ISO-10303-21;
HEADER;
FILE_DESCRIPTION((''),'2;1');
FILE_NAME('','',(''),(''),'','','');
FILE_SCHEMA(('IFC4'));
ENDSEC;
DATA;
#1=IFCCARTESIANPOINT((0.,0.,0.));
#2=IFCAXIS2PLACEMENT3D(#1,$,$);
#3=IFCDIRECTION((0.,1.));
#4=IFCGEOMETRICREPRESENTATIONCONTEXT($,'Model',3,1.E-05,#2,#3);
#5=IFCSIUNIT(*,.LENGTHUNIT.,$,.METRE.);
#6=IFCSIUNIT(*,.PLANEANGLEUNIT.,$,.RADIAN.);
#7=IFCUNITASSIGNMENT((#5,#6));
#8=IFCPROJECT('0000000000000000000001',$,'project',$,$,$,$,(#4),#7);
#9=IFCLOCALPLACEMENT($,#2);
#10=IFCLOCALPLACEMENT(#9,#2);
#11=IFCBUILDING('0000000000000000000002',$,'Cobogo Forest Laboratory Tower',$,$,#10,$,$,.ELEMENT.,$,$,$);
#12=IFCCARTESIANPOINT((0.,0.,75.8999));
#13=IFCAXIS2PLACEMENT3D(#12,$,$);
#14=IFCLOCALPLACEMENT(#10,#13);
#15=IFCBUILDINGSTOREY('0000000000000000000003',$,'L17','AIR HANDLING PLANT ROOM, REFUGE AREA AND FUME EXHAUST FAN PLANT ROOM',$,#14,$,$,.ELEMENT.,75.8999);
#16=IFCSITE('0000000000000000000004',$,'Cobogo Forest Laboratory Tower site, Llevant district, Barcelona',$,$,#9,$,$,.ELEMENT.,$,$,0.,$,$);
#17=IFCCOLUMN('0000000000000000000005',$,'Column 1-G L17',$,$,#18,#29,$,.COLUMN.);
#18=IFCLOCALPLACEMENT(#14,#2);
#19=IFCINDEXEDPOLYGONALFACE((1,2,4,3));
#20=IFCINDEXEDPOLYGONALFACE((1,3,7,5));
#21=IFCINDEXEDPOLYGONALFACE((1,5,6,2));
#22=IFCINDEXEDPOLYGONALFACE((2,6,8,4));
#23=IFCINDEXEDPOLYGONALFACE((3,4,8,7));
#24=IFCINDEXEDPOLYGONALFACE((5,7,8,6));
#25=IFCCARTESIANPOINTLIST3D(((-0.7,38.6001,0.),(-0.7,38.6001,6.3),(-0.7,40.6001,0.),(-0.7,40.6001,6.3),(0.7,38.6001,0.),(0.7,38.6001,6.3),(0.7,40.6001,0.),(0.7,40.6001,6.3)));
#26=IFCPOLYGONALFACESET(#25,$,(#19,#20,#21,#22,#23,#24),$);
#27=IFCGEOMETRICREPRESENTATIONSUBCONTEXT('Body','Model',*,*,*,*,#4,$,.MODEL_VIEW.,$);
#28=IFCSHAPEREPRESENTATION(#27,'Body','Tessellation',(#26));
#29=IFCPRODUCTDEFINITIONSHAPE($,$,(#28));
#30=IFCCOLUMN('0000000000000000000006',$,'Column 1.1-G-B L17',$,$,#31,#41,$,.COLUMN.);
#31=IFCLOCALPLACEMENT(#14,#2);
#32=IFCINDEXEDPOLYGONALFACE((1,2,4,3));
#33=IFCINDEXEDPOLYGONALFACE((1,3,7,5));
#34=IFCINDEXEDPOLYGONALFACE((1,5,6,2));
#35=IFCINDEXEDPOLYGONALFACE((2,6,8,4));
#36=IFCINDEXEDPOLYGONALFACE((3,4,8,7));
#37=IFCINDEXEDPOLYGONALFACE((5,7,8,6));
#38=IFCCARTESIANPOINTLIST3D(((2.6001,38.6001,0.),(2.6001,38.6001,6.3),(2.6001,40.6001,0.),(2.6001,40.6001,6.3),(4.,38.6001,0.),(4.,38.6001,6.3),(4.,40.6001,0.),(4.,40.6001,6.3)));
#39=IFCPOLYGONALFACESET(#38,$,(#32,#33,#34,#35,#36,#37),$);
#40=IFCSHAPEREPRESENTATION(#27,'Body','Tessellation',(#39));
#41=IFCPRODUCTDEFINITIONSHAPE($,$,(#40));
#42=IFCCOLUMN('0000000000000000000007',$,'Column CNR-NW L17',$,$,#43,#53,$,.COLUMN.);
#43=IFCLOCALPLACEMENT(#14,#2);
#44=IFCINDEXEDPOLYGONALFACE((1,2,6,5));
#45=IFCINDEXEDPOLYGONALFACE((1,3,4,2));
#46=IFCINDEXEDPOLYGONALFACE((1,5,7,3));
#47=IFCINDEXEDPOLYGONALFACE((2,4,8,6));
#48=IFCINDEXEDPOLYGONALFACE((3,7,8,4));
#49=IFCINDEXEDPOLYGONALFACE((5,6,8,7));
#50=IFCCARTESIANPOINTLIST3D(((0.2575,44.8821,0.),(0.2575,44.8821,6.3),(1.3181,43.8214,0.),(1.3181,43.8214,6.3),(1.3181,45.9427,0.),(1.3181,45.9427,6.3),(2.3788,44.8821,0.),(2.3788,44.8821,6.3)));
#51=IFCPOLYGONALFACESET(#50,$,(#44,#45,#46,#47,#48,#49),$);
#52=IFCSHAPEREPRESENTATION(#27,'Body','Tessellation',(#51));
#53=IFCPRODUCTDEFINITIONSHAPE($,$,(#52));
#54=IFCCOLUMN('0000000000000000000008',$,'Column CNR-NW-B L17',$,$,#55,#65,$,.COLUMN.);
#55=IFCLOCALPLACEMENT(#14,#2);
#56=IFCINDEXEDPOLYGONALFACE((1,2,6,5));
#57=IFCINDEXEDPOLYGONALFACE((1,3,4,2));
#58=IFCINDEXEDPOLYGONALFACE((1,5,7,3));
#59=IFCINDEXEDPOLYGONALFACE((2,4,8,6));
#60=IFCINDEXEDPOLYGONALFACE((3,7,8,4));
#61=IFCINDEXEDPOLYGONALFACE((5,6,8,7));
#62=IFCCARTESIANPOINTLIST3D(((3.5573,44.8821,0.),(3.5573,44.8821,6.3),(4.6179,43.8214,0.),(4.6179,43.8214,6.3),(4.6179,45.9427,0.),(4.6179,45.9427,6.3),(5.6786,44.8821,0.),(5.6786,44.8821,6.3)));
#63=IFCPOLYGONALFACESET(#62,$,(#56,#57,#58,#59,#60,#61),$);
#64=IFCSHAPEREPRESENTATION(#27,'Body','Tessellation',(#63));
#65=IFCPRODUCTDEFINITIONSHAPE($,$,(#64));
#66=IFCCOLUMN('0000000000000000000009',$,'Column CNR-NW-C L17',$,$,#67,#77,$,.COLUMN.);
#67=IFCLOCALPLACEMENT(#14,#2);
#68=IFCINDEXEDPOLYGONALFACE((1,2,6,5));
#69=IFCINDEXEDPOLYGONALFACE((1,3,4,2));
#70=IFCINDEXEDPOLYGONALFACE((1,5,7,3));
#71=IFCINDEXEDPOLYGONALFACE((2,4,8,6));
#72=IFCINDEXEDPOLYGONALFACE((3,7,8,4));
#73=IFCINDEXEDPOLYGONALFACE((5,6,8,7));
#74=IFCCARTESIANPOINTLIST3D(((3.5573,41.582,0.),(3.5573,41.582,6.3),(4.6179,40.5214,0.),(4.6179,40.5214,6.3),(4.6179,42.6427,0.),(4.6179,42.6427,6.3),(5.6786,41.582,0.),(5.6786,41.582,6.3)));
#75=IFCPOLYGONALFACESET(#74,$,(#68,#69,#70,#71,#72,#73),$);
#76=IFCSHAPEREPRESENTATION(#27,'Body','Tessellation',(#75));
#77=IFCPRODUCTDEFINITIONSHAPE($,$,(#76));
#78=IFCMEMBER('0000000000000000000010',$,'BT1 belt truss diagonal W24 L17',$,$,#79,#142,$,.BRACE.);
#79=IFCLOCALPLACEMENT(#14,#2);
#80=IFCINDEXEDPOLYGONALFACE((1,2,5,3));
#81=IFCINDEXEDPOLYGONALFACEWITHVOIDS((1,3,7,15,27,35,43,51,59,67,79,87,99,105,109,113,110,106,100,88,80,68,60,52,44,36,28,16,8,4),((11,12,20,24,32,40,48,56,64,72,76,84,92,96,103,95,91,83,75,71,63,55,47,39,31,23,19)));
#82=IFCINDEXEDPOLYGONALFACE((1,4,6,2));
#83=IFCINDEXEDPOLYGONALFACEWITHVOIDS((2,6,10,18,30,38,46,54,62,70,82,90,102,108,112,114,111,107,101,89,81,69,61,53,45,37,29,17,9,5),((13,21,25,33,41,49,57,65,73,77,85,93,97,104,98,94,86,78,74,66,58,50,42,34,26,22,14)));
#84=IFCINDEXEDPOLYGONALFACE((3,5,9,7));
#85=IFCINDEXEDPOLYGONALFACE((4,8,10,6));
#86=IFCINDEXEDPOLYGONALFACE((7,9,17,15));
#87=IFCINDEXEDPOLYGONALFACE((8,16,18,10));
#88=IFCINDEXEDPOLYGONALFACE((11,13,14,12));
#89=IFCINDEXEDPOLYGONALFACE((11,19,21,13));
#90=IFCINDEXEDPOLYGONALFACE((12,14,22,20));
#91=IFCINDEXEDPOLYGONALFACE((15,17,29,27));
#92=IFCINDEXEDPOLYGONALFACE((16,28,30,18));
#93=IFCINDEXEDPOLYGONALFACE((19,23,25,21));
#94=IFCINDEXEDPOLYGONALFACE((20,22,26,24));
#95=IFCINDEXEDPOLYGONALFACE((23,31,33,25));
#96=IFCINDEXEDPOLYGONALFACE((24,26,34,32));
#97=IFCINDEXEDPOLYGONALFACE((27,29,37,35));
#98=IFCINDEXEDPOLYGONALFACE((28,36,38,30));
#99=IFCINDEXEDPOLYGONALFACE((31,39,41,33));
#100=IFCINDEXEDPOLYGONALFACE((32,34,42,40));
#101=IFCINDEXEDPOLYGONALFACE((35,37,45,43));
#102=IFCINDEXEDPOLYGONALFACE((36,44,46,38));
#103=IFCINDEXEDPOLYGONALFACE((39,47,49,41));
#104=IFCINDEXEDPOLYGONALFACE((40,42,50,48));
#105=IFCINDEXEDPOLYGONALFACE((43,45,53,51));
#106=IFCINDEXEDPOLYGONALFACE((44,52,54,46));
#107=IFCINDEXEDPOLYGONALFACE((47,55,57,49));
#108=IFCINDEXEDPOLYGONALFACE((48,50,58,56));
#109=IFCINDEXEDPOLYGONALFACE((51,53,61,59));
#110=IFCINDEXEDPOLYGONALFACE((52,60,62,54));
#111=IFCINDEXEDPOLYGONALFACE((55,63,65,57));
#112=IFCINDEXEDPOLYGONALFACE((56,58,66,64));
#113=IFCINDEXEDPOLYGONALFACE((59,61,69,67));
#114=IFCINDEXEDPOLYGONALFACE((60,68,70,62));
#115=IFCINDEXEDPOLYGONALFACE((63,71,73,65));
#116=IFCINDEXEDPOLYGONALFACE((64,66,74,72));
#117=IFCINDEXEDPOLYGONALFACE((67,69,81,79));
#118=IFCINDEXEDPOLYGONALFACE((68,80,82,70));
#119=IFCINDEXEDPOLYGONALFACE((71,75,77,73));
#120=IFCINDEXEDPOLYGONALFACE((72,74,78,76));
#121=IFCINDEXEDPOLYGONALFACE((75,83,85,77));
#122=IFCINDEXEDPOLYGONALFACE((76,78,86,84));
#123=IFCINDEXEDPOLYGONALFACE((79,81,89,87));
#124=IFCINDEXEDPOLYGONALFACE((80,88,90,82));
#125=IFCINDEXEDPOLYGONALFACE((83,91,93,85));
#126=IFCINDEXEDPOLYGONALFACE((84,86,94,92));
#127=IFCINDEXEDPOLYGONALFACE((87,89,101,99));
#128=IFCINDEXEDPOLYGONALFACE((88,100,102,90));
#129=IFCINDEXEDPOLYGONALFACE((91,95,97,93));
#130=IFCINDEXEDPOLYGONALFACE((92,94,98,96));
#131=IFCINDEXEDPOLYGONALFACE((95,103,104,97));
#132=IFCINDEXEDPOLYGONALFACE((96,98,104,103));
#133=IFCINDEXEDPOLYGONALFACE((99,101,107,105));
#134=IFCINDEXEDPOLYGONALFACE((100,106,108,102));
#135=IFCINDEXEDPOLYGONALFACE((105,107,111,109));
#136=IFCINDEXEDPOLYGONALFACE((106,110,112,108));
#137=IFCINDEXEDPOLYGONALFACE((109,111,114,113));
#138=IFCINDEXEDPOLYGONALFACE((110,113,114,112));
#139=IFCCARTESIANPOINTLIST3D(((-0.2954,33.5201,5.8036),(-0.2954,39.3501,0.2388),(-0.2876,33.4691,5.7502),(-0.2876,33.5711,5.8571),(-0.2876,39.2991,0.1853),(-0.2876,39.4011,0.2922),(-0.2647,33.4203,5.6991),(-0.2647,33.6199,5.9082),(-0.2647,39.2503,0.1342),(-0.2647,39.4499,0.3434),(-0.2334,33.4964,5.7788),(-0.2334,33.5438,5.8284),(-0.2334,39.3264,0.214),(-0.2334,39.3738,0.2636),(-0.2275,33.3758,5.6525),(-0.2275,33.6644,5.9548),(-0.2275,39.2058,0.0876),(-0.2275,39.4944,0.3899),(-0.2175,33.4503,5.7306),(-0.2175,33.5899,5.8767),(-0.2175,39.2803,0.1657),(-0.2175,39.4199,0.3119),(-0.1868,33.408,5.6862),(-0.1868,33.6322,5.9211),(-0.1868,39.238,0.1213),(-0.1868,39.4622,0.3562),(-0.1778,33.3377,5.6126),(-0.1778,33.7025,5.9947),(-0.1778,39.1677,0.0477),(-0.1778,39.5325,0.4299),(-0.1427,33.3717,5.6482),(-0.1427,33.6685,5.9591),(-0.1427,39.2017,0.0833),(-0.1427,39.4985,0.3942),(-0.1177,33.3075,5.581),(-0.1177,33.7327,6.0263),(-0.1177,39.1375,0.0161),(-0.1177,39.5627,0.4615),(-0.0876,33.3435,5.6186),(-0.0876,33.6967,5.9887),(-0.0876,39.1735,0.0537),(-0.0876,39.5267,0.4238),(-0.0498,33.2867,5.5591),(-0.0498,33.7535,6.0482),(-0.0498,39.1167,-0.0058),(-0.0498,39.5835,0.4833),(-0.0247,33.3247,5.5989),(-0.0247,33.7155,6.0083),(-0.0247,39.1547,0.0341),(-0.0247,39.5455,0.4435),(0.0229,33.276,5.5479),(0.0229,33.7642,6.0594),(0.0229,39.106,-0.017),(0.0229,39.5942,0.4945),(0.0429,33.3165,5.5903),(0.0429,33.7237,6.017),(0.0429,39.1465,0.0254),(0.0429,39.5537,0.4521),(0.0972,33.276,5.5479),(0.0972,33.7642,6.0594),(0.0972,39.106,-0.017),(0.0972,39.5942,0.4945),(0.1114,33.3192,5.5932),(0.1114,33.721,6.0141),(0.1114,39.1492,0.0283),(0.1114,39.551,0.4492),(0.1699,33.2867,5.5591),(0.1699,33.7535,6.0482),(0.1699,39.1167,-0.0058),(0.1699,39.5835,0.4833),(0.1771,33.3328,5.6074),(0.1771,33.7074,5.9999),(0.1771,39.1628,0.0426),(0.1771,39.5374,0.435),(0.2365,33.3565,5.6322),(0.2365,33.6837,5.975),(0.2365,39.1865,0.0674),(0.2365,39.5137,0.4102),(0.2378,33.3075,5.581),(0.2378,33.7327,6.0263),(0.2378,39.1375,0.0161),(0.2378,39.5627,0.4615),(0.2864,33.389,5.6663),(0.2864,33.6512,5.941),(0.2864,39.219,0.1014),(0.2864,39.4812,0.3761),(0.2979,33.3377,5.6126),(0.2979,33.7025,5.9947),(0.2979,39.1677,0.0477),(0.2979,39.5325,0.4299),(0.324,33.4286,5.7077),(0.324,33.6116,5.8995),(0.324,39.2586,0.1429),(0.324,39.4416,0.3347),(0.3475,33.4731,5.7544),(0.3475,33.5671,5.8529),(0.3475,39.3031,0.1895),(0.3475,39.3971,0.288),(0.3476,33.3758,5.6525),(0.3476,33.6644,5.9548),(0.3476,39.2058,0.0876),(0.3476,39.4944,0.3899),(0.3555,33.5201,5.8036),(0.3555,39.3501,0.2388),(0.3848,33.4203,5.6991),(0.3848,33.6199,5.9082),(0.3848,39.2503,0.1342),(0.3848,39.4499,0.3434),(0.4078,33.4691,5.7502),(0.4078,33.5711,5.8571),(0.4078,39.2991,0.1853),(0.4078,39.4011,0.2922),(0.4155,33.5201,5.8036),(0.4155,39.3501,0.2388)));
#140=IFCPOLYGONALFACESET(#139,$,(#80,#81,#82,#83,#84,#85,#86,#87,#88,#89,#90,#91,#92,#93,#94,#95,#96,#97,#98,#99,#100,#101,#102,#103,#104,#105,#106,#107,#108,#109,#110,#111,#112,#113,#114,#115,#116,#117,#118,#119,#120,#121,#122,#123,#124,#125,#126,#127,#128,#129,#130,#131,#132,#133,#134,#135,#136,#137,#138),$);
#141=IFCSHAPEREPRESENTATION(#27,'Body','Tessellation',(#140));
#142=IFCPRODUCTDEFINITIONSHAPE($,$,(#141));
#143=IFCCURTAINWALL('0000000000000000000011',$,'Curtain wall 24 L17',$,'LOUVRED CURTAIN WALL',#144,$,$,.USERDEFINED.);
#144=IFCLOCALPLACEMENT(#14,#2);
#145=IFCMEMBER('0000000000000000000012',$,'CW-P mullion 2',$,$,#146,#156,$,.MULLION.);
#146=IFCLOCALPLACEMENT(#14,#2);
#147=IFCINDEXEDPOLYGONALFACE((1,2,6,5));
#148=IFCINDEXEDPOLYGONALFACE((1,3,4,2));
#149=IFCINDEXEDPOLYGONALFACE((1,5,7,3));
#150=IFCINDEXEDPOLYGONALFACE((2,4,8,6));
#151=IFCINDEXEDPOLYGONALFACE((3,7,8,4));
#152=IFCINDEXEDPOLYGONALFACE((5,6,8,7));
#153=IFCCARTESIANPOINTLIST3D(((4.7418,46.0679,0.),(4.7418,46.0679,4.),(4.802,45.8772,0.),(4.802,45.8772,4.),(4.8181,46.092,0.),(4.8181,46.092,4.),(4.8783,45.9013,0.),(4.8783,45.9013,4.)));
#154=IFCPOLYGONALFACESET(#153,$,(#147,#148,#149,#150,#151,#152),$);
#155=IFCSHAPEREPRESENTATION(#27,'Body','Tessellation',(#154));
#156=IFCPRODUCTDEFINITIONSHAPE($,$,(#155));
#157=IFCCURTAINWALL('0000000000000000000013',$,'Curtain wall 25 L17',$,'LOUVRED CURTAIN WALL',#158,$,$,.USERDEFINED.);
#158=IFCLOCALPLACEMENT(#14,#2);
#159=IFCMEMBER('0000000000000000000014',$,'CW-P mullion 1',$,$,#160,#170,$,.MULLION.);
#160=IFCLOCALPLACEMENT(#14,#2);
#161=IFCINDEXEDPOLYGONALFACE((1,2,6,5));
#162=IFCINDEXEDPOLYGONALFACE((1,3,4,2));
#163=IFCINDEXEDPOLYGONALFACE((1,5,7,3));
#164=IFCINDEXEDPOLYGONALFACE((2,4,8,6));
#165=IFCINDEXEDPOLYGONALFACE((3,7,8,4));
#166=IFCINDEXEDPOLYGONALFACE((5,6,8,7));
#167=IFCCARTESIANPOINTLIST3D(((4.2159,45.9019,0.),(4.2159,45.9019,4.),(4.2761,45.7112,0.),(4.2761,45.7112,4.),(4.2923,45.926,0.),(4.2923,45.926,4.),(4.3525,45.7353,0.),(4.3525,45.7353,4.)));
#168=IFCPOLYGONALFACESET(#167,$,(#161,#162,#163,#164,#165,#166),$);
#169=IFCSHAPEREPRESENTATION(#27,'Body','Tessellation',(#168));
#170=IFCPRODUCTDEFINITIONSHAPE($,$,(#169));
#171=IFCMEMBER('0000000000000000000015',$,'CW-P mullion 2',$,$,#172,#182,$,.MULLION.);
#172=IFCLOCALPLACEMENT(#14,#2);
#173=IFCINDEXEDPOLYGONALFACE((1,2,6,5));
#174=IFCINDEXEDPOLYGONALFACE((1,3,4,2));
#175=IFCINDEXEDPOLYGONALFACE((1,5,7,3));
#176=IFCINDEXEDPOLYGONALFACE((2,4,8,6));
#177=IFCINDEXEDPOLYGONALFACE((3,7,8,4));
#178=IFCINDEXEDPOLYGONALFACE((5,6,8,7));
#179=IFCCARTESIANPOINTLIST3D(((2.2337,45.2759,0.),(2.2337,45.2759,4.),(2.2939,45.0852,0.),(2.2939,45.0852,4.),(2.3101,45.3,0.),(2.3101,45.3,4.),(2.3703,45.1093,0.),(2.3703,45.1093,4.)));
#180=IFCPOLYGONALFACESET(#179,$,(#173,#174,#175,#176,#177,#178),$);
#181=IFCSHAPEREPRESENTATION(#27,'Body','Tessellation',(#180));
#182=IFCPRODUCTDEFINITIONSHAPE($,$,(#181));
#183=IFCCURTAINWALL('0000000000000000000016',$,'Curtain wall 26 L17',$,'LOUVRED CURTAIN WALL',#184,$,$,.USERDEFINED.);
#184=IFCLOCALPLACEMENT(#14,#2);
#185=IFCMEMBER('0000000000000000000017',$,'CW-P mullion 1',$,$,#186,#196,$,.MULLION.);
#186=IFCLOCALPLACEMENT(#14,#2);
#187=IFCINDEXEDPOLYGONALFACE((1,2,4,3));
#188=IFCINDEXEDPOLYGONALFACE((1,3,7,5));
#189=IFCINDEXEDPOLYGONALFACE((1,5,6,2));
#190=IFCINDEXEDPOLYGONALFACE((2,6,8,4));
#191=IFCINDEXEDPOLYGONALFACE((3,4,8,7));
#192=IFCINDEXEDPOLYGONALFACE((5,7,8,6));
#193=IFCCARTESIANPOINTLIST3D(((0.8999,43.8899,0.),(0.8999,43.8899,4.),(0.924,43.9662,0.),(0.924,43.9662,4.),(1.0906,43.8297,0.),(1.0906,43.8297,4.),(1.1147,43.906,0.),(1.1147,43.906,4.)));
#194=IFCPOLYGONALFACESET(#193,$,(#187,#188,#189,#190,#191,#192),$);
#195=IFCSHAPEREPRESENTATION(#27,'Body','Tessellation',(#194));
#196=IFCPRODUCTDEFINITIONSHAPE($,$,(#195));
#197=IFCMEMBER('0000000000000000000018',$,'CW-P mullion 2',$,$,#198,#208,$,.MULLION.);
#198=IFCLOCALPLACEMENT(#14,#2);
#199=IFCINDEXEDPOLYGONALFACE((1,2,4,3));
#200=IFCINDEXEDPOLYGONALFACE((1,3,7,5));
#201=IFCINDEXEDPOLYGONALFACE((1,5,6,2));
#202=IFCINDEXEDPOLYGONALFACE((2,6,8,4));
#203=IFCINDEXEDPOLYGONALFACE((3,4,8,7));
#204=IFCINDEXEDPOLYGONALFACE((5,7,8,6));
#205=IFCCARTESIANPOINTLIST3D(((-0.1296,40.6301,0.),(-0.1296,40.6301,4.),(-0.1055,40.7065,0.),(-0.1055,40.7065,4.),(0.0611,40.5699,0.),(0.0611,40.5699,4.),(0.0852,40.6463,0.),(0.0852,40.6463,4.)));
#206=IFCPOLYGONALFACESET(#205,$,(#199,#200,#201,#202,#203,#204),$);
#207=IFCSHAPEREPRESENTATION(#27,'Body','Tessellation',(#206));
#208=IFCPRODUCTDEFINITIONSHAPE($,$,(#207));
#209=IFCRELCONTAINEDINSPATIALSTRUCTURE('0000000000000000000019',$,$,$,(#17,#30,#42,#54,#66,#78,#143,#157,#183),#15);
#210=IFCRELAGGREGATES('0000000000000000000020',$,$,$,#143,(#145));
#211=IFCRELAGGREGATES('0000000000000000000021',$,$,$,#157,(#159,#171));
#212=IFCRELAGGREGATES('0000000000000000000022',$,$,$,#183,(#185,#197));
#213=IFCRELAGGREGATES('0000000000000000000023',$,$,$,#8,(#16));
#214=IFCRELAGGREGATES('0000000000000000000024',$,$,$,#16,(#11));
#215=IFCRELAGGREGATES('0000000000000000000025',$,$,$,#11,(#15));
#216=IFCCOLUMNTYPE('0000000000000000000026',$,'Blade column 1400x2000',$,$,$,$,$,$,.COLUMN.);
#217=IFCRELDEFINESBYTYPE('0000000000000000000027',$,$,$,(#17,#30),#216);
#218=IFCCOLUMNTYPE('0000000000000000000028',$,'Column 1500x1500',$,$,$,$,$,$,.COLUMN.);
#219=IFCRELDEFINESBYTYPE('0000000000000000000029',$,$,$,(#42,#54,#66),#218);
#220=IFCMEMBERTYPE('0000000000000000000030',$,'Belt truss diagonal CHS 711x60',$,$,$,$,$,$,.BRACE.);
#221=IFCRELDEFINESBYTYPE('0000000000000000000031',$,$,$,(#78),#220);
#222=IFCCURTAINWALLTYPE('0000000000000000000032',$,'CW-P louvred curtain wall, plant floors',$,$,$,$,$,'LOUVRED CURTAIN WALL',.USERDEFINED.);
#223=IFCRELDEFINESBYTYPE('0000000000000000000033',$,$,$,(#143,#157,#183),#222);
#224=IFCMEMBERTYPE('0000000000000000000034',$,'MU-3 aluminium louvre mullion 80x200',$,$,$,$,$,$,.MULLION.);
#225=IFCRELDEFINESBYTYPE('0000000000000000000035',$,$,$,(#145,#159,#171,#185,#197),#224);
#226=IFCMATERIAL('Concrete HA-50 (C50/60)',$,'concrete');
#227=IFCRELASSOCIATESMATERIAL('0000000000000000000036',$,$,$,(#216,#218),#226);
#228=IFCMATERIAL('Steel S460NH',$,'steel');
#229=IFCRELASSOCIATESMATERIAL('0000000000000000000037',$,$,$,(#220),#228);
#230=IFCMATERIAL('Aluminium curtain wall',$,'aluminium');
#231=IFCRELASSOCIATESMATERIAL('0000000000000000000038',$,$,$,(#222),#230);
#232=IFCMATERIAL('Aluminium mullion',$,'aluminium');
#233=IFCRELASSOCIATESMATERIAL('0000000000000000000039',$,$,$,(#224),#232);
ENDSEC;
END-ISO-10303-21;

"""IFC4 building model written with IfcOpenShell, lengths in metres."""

from ifc_helpers import new_model, si_unit, direction, frame, origin, origin_2d, place, context, subcontext, project, spatial, rectangle, hollow_circle, extrude, material, material_profile, profile_set, type_object, element, aggregate, save


model = new_model("IFC4")

# Units and contexts
model_context = context("Model", 3, precision=1e-05, world=origin(), true_north=direction((0.0, 1.0)))
body_context = subcontext(model_context, "Body", "Model", "MODEL_VIEW")
ifc_project = project(units=[si_unit("LENGTHUNIT", "METRE"), si_unit("PLANEANGLEUNIT", "RADIAN")], contexts=[model_context])

# Site, building, storey
site_placement = place(None, origin())
site = spatial("IfcSite", under=ifc_project, at=site_placement, Name="Cobogo Forest Laboratory Tower site, Llevant district, Barcelona", CompositionType="ELEMENT", RefElevation=0.0)
building_placement = place(site_placement, origin())
building = spatial("IfcBuilding", under=site, at=building_placement, Name="Cobogo Forest Laboratory Tower", CompositionType="ELEMENT")
storey_placement = place(building_placement, frame((0.0, 0.0, 75.8999)))
storey = spatial("IfcBuildingStorey", under=building, at=storey_placement, Name="L17", Description="AIR HANDLING PLANT ROOM, REFUGE AREA AND FUME EXHAUST FAN PLANT ROOM", CompositionType="ELEMENT", Elevation=75.8999)

# Columns
ifc_material_1 = material(Name="Concrete HA-50 (C50/60)", Category="concrete")
ifc_material_profile_1 = material_profile(ifc_material_1, rectangle(XDim=2.0, YDim=1.3999, at=origin_2d()), Name="RC 1400x2000")
ifc_profile_set_1 = profile_set([ifc_material_profile_1], Name="Concrete HA-50 (C50/60)")
column_type_1 = type_object("IfcColumnType", Name="Blade column 1400x2000", PredefinedType="COLUMN", material=ifc_profile_set_1)
for number, where, z_axis, x_axis, name in (
    (1, (0.0, 39.6001, 0.0), (0.0, 0.0, 1.0), (0.0, 1.0, 0.0), "Column 1-G L17"),
    (2, (3.3, 39.6001, 0.0), (0.0, 0.0, 1.0), (0.0, 1.0, 0.0), "Column 1.1-G-B L17"),
):
    element("IfcColumn", number, at=place(storey_placement, frame(where, z_axis=z_axis, x_axis=x_axis)), inside=storey, type_object=column_type_1, Name=name, PredefinedType="COLUMN", context=body_context, shape_type="SweptSolid", body=[
        extrude(rectangle(XDim=2.0, YDim=1.3999, at=origin_2d()), origin(), (0.0, 0.0, 1.0), 6.3),
    ])
ifc_material_profile_2 = material_profile(ifc_material_1, rectangle(XDim=1.5, YDim=1.5, at=origin_2d()), Name="RC 1500x1500")
ifc_profile_set_2 = profile_set([ifc_material_profile_2], Name="Concrete HA-50 (C50/60)")
column_type_2 = type_object("IfcColumnType", Name="Column 1500x1500", PredefinedType="COLUMN", material=ifc_profile_set_2)
for number, where, z_axis, x_axis, name in (
    (3, (1.3181, 44.8821, 0.0), (0.0, 0.0, 1.0), (0.707107, 0.707107, 0.0), "Column CNR-NW L17"),
    (4, (4.6179, 44.8821, 0.0), (0.0, 0.0, 1.0), (0.707107, 0.707107, 0.0), "Column CNR-NW-B L17"),
    (5, (4.6179, 41.582, 0.0), (0.0, 0.0, 1.0), (0.707107, 0.707107, 0.0), "Column CNR-NW-C L17"),
):
    element("IfcColumn", number, at=place(storey_placement, frame(where, z_axis=z_axis, x_axis=x_axis)), inside=storey, type_object=column_type_2, Name=name, PredefinedType="COLUMN", context=body_context, shape_type="SweptSolid", body=[
        extrude(rectangle(XDim=1.5, YDim=1.5, at=origin_2d()), origin(), (0.0, 0.0, 1.0), 6.3),
    ])

# Member
ifc_material_2 = material(Name="Steel S460NH", Category="steel")
ifc_material_profile_3 = material_profile(ifc_material_2, hollow_circle(Radius=0.3555, WallThickness=0.0601, at=origin_2d()), Name="CHS 711x60")
ifc_profile_set_3 = profile_set([ifc_material_profile_3], Name="Steel S460NH")
member_type_1 = type_object("IfcMemberType", Name="Belt truss diagonal CHS 711x60", PredefinedType="BRACE", material=ifc_profile_set_3)
member_1_placement = place(storey_placement, frame((0.0601, 39.3501, 0.2388), z_axis=(0.0, -0.723364, 0.690467), x_axis=(1.0, 0.0, 0.0)))
element("IfcMember", 6, at=member_1_placement, inside=storey, type_object=member_type_1, Name="BT1 belt truss diagonal W24 L17", PredefinedType="BRACE", context=body_context, shape_type="SweptSolid", body=[
    extrude(hollow_circle(Radius=0.3555, WallThickness=0.0601, at=origin_2d()), origin(), (0.0, 0.0, 1.0), 8.0596),
])

# Curtain wall, member
ifc_material_3 = material(Name="Aluminium curtain wall", Category="aluminium")
curtain_wall_type = type_object("IfcCurtainWallType", Name="CW-P louvred curtain wall, plant floors", ElementType="LOUVRED CURTAIN WALL", PredefinedType="USERDEFINED", material=ifc_material_3)
curtain_wall_1_placement = place(storey_placement, origin())
curtain_wall_1 = element("IfcCurtainWall", 7, at=curtain_wall_1_placement, inside=storey, type_object=curtain_wall_type, Name="Curtain wall 24 L17", ObjectType="LOUVRED CURTAIN WALL", PredefinedType="USERDEFINED")
ifc_material_4 = material(Name="Aluminium mullion", Category="aluminium")
ifc_material_profile_4 = material_profile(ifc_material_4, rectangle(XDim=0.0801, YDim=0.2, at=origin_2d()), Name="AL 80x200")
ifc_profile_set_4 = profile_set([ifc_material_profile_4], Name="Aluminium mullion")
member_type_2 = type_object("IfcMemberType", Name="MU-3 aluminium louvre mullion 80x200", PredefinedType="MULLION", material=ifc_profile_set_4)
member_2_placement = place(storey_placement, frame((4.8101, 45.9846, 0.0), z_axis=(0.0, 0.0, 1.0), x_axis=(-0.953581, -0.301136, 0.0)))
member_2 = element("IfcMember", 8, at=member_2_placement, type_object=member_type_2, Name="CW-P mullion 2", PredefinedType="MULLION", context=body_context, shape_type="SweptSolid", body=[
    extrude(rectangle(XDim=0.0801, YDim=0.2, at=origin_2d()), origin(), (0.0, 0.0, 1.0), 4.0),
])
aggregate(curtain_wall_1, [member_2])

# Curtain walls, members
curtain_wall_2_placement = place(storey_placement, origin())
curtain_wall_2 = element("IfcCurtainWall", 9, at=curtain_wall_2_placement, inside=storey, type_object=curtain_wall_type, Name="Curtain wall 25 L17", ObjectType="LOUVRED CURTAIN WALL", PredefinedType="USERDEFINED")
member_3_placement = place(storey_placement, frame((4.2842, 45.8186, 0.0), z_axis=(0.0, 0.0, 1.0), x_axis=(-0.953581, -0.301136, 0.0)))
member_3 = element("IfcMember", 10, at=member_3_placement, type_object=member_type_2, Name="CW-P mullion 1", PredefinedType="MULLION", context=body_context, shape_type="SweptSolid", body=[
    extrude(rectangle(XDim=0.0801, YDim=0.2, at=origin_2d()), origin(), (0.0, 0.0, 1.0), 4.0),
])
member_4_placement = place(storey_placement, frame((2.302, 45.1926, 0.0), z_axis=(0.0, 0.0, 1.0), x_axis=(-0.953581, -0.301136, 0.0)))
member_4 = element("IfcMember", 11, at=member_4_placement, type_object=member_type_2, Name="CW-P mullion 2", PredefinedType="MULLION", context=body_context, shape_type="SweptSolid", body=[
    extrude(rectangle(XDim=0.0801, YDim=0.2, at=origin_2d()), origin(), (0.0, 0.0, 1.0), 4.0),
])
curtain_wall_3_placement = place(storey_placement, origin())
curtain_wall_3 = element("IfcCurtainWall", 12, at=curtain_wall_3_placement, inside=storey, type_object=curtain_wall_type, Name="Curtain wall 26 L17", ObjectType="LOUVRED CURTAIN WALL", PredefinedType="USERDEFINED")
member_5_placement = place(storey_placement, frame((1.0073, 43.8979, 0.0), z_axis=(0.0, 0.0, 1.0), x_axis=(-0.301136, -0.953581, 0.0)))
member_5 = element("IfcMember", 13, at=member_5_placement, type_object=member_type_2, Name="CW-P mullion 1", PredefinedType="MULLION", context=body_context, shape_type="SweptSolid", body=[
    extrude(rectangle(XDim=0.0801, YDim=0.2, at=origin_2d()), origin(), (0.0, 0.0, 1.0), 4.0),
])
member_6_placement = place(storey_placement, frame((-0.0222, 40.6382, 0.0), z_axis=(0.0, 0.0, 1.0), x_axis=(-0.301136, -0.953581, 0.0)))
member_6 = element("IfcMember", 14, at=member_6_placement, type_object=member_type_2, Name="CW-P mullion 2", PredefinedType="MULLION", context=body_context, shape_type="SweptSolid", body=[
    extrude(rectangle(XDim=0.0801, YDim=0.2, at=origin_2d()), origin(), (0.0, 0.0, 1.0), 4.0),
])

aggregate(curtain_wall_2, [member_3, member_4])
aggregate(curtain_wall_3, [member_5, member_6])

save(model, "model.ifc")
